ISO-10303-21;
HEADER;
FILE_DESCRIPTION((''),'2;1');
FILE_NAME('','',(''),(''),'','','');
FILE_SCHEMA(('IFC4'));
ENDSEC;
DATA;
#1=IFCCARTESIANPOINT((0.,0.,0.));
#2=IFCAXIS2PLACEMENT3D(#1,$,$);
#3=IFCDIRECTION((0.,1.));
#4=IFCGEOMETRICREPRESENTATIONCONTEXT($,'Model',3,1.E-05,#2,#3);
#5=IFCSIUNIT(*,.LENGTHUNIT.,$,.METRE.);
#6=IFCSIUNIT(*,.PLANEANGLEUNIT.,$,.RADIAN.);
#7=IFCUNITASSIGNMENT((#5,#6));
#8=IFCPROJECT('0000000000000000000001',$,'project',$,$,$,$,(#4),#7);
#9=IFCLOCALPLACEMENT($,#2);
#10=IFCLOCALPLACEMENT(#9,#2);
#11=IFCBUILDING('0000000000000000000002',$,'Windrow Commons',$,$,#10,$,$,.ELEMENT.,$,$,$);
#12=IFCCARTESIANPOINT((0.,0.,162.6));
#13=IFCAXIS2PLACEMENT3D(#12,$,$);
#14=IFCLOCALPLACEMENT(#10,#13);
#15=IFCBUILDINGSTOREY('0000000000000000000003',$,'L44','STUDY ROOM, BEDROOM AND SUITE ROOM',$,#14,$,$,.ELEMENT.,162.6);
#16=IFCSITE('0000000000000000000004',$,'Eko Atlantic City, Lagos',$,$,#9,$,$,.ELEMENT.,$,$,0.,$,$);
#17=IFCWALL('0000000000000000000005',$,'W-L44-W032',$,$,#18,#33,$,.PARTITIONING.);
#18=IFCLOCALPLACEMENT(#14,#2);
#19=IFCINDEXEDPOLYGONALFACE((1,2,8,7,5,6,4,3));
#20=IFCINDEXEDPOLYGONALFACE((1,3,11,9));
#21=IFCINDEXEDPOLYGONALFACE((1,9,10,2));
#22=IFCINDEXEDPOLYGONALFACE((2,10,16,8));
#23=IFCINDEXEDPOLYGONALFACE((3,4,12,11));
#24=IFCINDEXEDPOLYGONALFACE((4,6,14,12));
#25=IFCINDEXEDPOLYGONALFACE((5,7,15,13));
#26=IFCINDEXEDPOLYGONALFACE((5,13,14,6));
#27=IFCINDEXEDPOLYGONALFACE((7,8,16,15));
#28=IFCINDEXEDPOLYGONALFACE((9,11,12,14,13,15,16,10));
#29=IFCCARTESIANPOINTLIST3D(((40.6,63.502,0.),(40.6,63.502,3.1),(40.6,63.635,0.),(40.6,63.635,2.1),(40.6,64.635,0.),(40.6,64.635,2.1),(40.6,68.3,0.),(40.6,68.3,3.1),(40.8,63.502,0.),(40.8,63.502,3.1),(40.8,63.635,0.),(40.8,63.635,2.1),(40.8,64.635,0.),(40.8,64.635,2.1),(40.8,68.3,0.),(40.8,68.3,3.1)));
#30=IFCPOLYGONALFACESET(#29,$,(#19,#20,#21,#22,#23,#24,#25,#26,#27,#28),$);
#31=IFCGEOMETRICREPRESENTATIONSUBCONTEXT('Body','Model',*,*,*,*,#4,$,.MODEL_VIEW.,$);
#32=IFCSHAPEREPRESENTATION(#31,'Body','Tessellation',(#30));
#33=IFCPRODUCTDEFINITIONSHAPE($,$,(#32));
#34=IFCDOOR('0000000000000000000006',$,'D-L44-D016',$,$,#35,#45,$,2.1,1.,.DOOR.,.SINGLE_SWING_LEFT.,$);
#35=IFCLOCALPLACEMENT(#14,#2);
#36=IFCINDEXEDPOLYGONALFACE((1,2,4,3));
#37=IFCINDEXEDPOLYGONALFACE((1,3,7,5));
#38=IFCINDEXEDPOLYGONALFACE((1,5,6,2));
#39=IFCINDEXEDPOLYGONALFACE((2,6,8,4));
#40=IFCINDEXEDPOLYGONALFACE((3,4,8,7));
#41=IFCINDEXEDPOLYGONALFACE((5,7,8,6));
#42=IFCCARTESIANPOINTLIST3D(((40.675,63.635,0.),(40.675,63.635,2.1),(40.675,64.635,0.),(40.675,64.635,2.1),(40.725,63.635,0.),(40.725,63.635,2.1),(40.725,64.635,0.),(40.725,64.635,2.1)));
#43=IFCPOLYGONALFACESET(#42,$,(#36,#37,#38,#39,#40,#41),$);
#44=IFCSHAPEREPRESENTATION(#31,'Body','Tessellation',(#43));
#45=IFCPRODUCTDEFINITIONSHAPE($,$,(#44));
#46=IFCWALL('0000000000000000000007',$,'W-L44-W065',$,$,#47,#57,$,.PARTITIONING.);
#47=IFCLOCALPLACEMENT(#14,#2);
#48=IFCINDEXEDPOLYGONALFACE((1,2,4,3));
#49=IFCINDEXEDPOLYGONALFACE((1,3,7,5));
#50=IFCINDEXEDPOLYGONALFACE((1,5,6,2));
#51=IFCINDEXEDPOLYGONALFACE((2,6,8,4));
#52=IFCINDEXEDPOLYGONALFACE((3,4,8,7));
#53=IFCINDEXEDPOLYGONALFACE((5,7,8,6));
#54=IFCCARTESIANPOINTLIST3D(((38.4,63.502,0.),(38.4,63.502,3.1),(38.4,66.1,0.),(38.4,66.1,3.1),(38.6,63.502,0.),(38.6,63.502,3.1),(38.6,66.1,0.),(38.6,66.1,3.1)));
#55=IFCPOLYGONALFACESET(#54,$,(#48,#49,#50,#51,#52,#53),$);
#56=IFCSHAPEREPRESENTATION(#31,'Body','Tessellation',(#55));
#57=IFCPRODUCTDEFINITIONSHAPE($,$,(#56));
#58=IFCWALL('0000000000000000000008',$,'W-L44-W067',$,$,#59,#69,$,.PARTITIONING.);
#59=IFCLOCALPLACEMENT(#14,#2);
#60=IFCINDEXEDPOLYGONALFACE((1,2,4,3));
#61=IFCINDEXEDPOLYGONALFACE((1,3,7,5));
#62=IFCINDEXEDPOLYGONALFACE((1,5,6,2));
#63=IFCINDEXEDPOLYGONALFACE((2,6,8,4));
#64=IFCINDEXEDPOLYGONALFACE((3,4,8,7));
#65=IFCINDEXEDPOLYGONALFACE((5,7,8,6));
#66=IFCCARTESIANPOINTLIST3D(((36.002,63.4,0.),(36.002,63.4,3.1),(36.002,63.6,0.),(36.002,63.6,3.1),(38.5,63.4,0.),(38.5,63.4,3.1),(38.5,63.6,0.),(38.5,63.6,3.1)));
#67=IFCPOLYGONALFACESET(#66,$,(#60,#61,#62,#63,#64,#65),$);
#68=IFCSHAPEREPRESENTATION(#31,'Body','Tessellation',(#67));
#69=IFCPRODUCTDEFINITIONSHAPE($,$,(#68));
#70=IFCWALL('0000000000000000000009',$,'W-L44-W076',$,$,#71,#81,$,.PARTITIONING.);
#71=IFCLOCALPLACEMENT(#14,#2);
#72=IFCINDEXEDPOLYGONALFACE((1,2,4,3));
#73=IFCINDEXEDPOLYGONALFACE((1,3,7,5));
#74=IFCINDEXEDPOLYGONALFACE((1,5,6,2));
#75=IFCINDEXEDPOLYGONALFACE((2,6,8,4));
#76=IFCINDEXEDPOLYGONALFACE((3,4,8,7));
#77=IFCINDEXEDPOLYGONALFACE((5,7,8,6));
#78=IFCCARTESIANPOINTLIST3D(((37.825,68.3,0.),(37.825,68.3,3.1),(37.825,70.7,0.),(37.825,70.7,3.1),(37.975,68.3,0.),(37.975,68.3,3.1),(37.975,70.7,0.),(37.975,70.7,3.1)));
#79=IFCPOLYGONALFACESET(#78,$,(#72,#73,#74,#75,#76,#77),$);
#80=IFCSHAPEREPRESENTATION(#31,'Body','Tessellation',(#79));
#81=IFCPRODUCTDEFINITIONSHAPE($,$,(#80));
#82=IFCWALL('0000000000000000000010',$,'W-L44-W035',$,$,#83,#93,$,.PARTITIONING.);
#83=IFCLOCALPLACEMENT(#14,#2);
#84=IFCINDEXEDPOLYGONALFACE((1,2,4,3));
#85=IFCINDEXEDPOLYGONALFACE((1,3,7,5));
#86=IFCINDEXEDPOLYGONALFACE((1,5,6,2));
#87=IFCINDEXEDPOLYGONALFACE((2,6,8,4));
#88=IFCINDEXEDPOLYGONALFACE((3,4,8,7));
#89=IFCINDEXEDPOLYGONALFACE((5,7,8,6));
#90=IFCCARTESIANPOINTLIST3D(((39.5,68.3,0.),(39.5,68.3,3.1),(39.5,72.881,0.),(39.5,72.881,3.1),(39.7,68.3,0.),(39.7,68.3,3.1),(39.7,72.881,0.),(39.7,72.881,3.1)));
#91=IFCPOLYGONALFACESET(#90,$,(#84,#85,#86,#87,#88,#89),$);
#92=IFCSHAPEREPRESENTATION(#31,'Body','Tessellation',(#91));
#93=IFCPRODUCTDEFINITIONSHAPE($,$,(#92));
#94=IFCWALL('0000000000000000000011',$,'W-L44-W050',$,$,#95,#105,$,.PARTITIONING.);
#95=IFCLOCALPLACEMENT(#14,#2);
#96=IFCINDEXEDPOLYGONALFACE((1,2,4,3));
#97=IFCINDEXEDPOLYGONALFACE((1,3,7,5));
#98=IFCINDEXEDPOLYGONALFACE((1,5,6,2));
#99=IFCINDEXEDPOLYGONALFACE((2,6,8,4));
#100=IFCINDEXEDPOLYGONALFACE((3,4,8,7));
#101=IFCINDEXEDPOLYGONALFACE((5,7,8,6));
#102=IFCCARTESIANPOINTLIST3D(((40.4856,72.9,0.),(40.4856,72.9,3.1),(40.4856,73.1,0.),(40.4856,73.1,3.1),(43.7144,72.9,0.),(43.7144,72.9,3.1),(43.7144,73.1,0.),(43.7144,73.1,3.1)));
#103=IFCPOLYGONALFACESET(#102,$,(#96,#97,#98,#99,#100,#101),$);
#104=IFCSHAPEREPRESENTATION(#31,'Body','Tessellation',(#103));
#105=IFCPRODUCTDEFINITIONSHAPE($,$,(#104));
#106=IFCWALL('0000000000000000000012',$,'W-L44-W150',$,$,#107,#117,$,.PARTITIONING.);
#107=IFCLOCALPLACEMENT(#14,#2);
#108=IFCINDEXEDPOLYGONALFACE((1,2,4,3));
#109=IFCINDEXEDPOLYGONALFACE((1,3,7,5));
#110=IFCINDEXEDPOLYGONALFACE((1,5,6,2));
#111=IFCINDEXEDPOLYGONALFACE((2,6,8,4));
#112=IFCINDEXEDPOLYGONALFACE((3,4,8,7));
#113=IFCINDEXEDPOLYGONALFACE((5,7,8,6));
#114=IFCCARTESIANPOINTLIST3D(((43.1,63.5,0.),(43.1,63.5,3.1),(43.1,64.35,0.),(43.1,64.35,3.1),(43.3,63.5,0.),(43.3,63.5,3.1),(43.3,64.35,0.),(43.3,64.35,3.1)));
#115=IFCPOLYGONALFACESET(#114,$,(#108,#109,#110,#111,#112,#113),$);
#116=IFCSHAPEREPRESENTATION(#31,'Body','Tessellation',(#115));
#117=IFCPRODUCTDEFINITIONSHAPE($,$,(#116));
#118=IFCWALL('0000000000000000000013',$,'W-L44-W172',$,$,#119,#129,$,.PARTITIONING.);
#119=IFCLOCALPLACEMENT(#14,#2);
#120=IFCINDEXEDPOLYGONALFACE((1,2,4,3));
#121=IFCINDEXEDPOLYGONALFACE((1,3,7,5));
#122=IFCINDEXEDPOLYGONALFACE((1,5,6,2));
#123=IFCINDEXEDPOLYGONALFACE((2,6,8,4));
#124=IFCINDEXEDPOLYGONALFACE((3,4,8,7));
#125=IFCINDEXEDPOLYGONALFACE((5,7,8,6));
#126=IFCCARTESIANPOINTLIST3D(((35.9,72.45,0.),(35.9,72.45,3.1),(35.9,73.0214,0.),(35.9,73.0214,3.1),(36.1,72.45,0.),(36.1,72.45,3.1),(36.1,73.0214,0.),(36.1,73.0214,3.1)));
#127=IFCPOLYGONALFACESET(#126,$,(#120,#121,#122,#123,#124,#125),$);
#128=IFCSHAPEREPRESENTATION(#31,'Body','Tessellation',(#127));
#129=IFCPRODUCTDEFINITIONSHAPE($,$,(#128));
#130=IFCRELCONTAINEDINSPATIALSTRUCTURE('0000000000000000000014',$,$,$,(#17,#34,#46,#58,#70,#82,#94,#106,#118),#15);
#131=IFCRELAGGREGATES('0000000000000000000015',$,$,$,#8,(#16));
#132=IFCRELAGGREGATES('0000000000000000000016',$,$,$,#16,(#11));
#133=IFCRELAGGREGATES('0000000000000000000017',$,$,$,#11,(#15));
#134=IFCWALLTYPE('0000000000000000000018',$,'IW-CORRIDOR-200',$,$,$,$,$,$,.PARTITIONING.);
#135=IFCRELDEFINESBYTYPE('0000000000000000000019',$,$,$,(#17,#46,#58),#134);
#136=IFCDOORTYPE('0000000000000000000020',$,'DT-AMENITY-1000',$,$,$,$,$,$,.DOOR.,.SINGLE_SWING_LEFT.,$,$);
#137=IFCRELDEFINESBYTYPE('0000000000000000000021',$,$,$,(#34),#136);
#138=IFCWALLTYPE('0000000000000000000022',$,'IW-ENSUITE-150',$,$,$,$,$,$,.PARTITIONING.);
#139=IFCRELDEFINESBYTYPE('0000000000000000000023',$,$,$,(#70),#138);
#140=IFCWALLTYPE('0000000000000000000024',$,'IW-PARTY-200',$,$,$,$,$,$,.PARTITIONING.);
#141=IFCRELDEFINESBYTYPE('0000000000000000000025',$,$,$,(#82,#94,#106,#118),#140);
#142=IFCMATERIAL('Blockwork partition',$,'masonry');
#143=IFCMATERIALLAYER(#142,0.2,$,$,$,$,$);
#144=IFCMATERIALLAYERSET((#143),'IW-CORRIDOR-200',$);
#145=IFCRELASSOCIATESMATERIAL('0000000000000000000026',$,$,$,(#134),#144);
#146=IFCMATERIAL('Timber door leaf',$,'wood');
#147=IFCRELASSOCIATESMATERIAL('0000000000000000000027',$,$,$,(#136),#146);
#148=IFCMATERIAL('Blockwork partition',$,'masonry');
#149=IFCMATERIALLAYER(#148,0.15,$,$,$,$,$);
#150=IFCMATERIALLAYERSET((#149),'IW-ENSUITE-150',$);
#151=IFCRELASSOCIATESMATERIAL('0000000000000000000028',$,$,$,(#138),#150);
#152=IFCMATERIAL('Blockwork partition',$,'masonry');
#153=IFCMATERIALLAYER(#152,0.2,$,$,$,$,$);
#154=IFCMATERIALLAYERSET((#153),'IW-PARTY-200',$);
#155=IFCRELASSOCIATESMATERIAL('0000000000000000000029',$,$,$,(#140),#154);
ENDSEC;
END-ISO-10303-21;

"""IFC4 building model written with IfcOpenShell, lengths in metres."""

from ifc_helpers import new_model, si_unit, direction, frame, frame_2d, origin, place, context, subcontext, project, spatial, rectangle, extrude, material, layer, layer_set, type_object, element, fill, save


model = new_model("IFC4")

# Units and contexts
model_context = context("Model", 3, precision=1e-05, world=origin(), true_north=direction((0.0, 1.0)))
body_context = subcontext(model_context, "Body", "Model", "MODEL_VIEW")
ifc_project = project(units=[si_unit("LENGTHUNIT", "METRE"), si_unit("PLANEANGLEUNIT", "RADIAN")], contexts=[model_context])

# Site, building, storey
site_placement = place(None, origin())
site = spatial("IfcSite", under=ifc_project, at=site_placement, Name="Eko Atlantic City, Lagos", CompositionType="ELEMENT", RefElevation=0.0)
building_placement = place(site_placement, origin())
building = spatial("IfcBuilding", under=site, at=building_placement, Name="Windrow Commons", CompositionType="ELEMENT")
storey_placement = place(building_placement, frame((0.0, 0.0, 162.6)))
storey = spatial("IfcBuildingStorey", under=building, at=storey_placement, Name="L44", Description="STUDY ROOM, BEDROOM AND SUITE ROOM", CompositionType="ELEMENT", Elevation=162.6)

# Shared definitions
ifc_material_1 = material(Name="Blockwork partition", Category="masonry")
ifc_layer_1 = layer(ifc_material_1, 0.2)
ifc_layer_set_1 = layer_set([ifc_layer_1], Name="IW-CORRIDOR-200")
wall_type_1 = type_object("IfcWallType", Name="IW-CORRIDOR-200", PredefinedType="PARTITIONING", material=ifc_layer_set_1)

# Wall, opening, door
wall_1_placement = place(storey_placement, frame((40.7, 63.502, 0.0), z_axis=(0.0, 0.0, 1.0), x_axis=(0.0, 1.0, 0.0)))
wall_1 = element("IfcWall", 1, at=wall_1_placement, inside=storey, type_object=wall_type_1, Name="W-L44-W032", PredefinedType="PARTITIONING", context=body_context, shape_type="SweptSolid", body=[
    extrude(rectangle(XDim=4.798, YDim=0.2, at=frame_2d((2.399, 0.0))), origin(), (0.0, 0.0, 1.0), 3.1),
])
opening_1_placement = place(wall_1_placement, frame((0.133, 0.0, 0.0)))
opening_1 = element("IfcOpeningElement", 2, at=opening_1_placement, cuts=wall_1, PredefinedType="OPENING", context=body_context, shape_type="SweptSolid", body=[
    extrude(rectangle(XDim=1.0, YDim=2.1, at=frame_2d((0.5, 1.05))), frame((0.0, 0.11, 0.0), z_axis=(0.0, -1.0, 0.0), x_axis=(1.0, 0.0, 0.0)), (0.0, 0.0, 1.0), 0.22),
])
ifc_material_2 = material(Name="Timber door leaf", Category="wood")
door_type_1 = type_object("IfcDoorType", Name="DT-AMENITY-1000", OperationType="SINGLE_SWING_LEFT", PredefinedType="DOOR", material=ifc_material_2)
door_1_placement = place(opening_1_placement, origin())
door_1 = element("IfcDoor", 3, at=door_1_placement, inside=storey, type_object=door_type_1, Name="D-L44-D016", OperationType="SINGLE_SWING_LEFT", OverallHeight=2.1, OverallWidth=1.0, PredefinedType="DOOR", context=body_context, shape_type="SweptSolid", body=[
    extrude(rectangle(XDim=1.0, YDim=2.1, at=frame_2d((0.5, 1.05))), frame((0.0, 0.025, 0.0), z_axis=(0.0, -1.0, 0.0), x_axis=(1.0, 0.0, 0.0)), (0.0, 0.0, 1.0), 0.05),
])
fill(opening_1, door_1)

# Walls
wall_2_placement = place(storey_placement, frame((38.5, 63.502, 0.0), z_axis=(0.0, 0.0, 1.0), x_axis=(0.0, 1.0, 0.0)))
element("IfcWall", 4, at=wall_2_placement, inside=storey, type_object=wall_type_1, Name="W-L44-W065", PredefinedType="PARTITIONING", context=body_context, shape_type="SweptSolid", body=[
    extrude(rectangle(XDim=2.598, YDim=0.2, at=frame_2d((1.299, 0.0))), origin(), (0.0, 0.0, 1.0), 3.1),
])
wall_3_placement = place(storey_placement, frame((36.002, 63.5, 0.0), z_axis=(0.0, 0.0, 1.0), x_axis=(1.0, 0.0, 0.0)))
element("IfcWall", 5, at=wall_3_placement, inside=storey, type_object=wall_type_1, Name="W-L44-W067", PredefinedType="PARTITIONING", context=body_context, shape_type="SweptSolid", body=[
    extrude(rectangle(XDim=2.498, YDim=0.2, at=frame_2d((1.249, 0.0))), origin(), (0.0, 0.0, 1.0), 3.1),
])
ifc_material_3 = material(Name="Blockwork partition", Category="masonry")
ifc_layer_2 = layer(ifc_material_3, 0.15)
ifc_layer_set_2 = layer_set([ifc_layer_2], Name="IW-ENSUITE-150")
wall_type_2 = type_object("IfcWallType", Name="IW-ENSUITE-150", PredefinedType="PARTITIONING", material=ifc_layer_set_2)
wall_4_placement = place(storey_placement, frame((37.9, 68.3, 0.0), z_axis=(0.0, 0.0, 1.0), x_axis=(0.0, 1.0, 0.0)))
element("IfcWall", 6, at=wall_4_placement, inside=storey, type_object=wall_type_2, Name="W-L44-W076", PredefinedType="PARTITIONING", context=body_context, shape_type="SweptSolid", body=[
    extrude(rectangle(XDim=2.4, YDim=0.15, at=frame_2d((1.2, 0.0))), origin(), (0.0, 0.0, 1.0), 3.1),
])
ifc_material_4 = material(Name="Blockwork partition", Category="masonry")
ifc_layer_3 = layer(ifc_material_4, 0.2)
ifc_layer_set_3 = layer_set([ifc_layer_3], Name="IW-PARTY-200")
wall_type_3 = type_object("IfcWallType", Name="IW-PARTY-200", PredefinedType="PARTITIONING", material=ifc_layer_set_3)
wall_5_placement = place(storey_placement, frame((39.6, 68.3, 0.0), z_axis=(0.0, 0.0, 1.0), x_axis=(0.0, 1.0, 0.0)))
element("IfcWall", 7, at=wall_5_placement, inside=storey, type_object=wall_type_3, Name="W-L44-W035", PredefinedType="PARTITIONING", context=body_context, shape_type="SweptSolid", body=[
    extrude(rectangle(XDim=4.581, YDim=0.2, at=frame_2d((2.2905, 0.0))), origin(), (0.0, 0.0, 1.0), 3.1),
])
wall_6_placement = place(storey_placement, frame((40.4857, 73.0, 0.0), z_axis=(0.0, 0.0, 1.0), x_axis=(1.0, 0.0, 0.0)))
element("IfcWall", 8, at=wall_6_placement, inside=storey, type_object=wall_type_3, Name="W-L44-W050", PredefinedType="PARTITIONING", context=body_context, shape_type="SweptSolid", body=[
    extrude(rectangle(XDim=3.2287, YDim=0.2, at=frame_2d((1.6143, 0.0))), origin(), (0.0, 0.0, 1.0), 3.1),
])
wall_7_placement = place(storey_placement, frame((43.2, 63.5, 0.0), z_axis=(0.0, 0.0, 1.0), x_axis=(0.0, 1.0, 0.0)))
element("IfcWall", 9, at=wall_7_placement, inside=storey, type_object=wall_type_3, Name="W-L44-W150", PredefinedType="PARTITIONING", context=body_context, shape_type="SweptSolid", body=[
    extrude(rectangle(XDim=0.85, YDim=0.2, at=frame_2d((0.425, 0.0))), origin(), (0.0, 0.0, 1.0), 3.1),
])
wall_8_placement = place(storey_placement, frame((36.0, 72.45, 0.0), z_axis=(0.0, 0.0, 1.0), x_axis=(0.0, 1.0, 0.0)))
element("IfcWall", 10, at=wall_8_placement, inside=storey, type_object=wall_type_3, Name="W-L44-W172", PredefinedType="PARTITIONING", context=body_context, shape_type="SweptSolid", body=[
    extrude(rectangle(XDim=0.5714, YDim=0.2, at=frame_2d((0.2857, 0.0))), origin(), (0.0, 0.0, 1.0), 3.1),
])

save(model, "model.ifc")
